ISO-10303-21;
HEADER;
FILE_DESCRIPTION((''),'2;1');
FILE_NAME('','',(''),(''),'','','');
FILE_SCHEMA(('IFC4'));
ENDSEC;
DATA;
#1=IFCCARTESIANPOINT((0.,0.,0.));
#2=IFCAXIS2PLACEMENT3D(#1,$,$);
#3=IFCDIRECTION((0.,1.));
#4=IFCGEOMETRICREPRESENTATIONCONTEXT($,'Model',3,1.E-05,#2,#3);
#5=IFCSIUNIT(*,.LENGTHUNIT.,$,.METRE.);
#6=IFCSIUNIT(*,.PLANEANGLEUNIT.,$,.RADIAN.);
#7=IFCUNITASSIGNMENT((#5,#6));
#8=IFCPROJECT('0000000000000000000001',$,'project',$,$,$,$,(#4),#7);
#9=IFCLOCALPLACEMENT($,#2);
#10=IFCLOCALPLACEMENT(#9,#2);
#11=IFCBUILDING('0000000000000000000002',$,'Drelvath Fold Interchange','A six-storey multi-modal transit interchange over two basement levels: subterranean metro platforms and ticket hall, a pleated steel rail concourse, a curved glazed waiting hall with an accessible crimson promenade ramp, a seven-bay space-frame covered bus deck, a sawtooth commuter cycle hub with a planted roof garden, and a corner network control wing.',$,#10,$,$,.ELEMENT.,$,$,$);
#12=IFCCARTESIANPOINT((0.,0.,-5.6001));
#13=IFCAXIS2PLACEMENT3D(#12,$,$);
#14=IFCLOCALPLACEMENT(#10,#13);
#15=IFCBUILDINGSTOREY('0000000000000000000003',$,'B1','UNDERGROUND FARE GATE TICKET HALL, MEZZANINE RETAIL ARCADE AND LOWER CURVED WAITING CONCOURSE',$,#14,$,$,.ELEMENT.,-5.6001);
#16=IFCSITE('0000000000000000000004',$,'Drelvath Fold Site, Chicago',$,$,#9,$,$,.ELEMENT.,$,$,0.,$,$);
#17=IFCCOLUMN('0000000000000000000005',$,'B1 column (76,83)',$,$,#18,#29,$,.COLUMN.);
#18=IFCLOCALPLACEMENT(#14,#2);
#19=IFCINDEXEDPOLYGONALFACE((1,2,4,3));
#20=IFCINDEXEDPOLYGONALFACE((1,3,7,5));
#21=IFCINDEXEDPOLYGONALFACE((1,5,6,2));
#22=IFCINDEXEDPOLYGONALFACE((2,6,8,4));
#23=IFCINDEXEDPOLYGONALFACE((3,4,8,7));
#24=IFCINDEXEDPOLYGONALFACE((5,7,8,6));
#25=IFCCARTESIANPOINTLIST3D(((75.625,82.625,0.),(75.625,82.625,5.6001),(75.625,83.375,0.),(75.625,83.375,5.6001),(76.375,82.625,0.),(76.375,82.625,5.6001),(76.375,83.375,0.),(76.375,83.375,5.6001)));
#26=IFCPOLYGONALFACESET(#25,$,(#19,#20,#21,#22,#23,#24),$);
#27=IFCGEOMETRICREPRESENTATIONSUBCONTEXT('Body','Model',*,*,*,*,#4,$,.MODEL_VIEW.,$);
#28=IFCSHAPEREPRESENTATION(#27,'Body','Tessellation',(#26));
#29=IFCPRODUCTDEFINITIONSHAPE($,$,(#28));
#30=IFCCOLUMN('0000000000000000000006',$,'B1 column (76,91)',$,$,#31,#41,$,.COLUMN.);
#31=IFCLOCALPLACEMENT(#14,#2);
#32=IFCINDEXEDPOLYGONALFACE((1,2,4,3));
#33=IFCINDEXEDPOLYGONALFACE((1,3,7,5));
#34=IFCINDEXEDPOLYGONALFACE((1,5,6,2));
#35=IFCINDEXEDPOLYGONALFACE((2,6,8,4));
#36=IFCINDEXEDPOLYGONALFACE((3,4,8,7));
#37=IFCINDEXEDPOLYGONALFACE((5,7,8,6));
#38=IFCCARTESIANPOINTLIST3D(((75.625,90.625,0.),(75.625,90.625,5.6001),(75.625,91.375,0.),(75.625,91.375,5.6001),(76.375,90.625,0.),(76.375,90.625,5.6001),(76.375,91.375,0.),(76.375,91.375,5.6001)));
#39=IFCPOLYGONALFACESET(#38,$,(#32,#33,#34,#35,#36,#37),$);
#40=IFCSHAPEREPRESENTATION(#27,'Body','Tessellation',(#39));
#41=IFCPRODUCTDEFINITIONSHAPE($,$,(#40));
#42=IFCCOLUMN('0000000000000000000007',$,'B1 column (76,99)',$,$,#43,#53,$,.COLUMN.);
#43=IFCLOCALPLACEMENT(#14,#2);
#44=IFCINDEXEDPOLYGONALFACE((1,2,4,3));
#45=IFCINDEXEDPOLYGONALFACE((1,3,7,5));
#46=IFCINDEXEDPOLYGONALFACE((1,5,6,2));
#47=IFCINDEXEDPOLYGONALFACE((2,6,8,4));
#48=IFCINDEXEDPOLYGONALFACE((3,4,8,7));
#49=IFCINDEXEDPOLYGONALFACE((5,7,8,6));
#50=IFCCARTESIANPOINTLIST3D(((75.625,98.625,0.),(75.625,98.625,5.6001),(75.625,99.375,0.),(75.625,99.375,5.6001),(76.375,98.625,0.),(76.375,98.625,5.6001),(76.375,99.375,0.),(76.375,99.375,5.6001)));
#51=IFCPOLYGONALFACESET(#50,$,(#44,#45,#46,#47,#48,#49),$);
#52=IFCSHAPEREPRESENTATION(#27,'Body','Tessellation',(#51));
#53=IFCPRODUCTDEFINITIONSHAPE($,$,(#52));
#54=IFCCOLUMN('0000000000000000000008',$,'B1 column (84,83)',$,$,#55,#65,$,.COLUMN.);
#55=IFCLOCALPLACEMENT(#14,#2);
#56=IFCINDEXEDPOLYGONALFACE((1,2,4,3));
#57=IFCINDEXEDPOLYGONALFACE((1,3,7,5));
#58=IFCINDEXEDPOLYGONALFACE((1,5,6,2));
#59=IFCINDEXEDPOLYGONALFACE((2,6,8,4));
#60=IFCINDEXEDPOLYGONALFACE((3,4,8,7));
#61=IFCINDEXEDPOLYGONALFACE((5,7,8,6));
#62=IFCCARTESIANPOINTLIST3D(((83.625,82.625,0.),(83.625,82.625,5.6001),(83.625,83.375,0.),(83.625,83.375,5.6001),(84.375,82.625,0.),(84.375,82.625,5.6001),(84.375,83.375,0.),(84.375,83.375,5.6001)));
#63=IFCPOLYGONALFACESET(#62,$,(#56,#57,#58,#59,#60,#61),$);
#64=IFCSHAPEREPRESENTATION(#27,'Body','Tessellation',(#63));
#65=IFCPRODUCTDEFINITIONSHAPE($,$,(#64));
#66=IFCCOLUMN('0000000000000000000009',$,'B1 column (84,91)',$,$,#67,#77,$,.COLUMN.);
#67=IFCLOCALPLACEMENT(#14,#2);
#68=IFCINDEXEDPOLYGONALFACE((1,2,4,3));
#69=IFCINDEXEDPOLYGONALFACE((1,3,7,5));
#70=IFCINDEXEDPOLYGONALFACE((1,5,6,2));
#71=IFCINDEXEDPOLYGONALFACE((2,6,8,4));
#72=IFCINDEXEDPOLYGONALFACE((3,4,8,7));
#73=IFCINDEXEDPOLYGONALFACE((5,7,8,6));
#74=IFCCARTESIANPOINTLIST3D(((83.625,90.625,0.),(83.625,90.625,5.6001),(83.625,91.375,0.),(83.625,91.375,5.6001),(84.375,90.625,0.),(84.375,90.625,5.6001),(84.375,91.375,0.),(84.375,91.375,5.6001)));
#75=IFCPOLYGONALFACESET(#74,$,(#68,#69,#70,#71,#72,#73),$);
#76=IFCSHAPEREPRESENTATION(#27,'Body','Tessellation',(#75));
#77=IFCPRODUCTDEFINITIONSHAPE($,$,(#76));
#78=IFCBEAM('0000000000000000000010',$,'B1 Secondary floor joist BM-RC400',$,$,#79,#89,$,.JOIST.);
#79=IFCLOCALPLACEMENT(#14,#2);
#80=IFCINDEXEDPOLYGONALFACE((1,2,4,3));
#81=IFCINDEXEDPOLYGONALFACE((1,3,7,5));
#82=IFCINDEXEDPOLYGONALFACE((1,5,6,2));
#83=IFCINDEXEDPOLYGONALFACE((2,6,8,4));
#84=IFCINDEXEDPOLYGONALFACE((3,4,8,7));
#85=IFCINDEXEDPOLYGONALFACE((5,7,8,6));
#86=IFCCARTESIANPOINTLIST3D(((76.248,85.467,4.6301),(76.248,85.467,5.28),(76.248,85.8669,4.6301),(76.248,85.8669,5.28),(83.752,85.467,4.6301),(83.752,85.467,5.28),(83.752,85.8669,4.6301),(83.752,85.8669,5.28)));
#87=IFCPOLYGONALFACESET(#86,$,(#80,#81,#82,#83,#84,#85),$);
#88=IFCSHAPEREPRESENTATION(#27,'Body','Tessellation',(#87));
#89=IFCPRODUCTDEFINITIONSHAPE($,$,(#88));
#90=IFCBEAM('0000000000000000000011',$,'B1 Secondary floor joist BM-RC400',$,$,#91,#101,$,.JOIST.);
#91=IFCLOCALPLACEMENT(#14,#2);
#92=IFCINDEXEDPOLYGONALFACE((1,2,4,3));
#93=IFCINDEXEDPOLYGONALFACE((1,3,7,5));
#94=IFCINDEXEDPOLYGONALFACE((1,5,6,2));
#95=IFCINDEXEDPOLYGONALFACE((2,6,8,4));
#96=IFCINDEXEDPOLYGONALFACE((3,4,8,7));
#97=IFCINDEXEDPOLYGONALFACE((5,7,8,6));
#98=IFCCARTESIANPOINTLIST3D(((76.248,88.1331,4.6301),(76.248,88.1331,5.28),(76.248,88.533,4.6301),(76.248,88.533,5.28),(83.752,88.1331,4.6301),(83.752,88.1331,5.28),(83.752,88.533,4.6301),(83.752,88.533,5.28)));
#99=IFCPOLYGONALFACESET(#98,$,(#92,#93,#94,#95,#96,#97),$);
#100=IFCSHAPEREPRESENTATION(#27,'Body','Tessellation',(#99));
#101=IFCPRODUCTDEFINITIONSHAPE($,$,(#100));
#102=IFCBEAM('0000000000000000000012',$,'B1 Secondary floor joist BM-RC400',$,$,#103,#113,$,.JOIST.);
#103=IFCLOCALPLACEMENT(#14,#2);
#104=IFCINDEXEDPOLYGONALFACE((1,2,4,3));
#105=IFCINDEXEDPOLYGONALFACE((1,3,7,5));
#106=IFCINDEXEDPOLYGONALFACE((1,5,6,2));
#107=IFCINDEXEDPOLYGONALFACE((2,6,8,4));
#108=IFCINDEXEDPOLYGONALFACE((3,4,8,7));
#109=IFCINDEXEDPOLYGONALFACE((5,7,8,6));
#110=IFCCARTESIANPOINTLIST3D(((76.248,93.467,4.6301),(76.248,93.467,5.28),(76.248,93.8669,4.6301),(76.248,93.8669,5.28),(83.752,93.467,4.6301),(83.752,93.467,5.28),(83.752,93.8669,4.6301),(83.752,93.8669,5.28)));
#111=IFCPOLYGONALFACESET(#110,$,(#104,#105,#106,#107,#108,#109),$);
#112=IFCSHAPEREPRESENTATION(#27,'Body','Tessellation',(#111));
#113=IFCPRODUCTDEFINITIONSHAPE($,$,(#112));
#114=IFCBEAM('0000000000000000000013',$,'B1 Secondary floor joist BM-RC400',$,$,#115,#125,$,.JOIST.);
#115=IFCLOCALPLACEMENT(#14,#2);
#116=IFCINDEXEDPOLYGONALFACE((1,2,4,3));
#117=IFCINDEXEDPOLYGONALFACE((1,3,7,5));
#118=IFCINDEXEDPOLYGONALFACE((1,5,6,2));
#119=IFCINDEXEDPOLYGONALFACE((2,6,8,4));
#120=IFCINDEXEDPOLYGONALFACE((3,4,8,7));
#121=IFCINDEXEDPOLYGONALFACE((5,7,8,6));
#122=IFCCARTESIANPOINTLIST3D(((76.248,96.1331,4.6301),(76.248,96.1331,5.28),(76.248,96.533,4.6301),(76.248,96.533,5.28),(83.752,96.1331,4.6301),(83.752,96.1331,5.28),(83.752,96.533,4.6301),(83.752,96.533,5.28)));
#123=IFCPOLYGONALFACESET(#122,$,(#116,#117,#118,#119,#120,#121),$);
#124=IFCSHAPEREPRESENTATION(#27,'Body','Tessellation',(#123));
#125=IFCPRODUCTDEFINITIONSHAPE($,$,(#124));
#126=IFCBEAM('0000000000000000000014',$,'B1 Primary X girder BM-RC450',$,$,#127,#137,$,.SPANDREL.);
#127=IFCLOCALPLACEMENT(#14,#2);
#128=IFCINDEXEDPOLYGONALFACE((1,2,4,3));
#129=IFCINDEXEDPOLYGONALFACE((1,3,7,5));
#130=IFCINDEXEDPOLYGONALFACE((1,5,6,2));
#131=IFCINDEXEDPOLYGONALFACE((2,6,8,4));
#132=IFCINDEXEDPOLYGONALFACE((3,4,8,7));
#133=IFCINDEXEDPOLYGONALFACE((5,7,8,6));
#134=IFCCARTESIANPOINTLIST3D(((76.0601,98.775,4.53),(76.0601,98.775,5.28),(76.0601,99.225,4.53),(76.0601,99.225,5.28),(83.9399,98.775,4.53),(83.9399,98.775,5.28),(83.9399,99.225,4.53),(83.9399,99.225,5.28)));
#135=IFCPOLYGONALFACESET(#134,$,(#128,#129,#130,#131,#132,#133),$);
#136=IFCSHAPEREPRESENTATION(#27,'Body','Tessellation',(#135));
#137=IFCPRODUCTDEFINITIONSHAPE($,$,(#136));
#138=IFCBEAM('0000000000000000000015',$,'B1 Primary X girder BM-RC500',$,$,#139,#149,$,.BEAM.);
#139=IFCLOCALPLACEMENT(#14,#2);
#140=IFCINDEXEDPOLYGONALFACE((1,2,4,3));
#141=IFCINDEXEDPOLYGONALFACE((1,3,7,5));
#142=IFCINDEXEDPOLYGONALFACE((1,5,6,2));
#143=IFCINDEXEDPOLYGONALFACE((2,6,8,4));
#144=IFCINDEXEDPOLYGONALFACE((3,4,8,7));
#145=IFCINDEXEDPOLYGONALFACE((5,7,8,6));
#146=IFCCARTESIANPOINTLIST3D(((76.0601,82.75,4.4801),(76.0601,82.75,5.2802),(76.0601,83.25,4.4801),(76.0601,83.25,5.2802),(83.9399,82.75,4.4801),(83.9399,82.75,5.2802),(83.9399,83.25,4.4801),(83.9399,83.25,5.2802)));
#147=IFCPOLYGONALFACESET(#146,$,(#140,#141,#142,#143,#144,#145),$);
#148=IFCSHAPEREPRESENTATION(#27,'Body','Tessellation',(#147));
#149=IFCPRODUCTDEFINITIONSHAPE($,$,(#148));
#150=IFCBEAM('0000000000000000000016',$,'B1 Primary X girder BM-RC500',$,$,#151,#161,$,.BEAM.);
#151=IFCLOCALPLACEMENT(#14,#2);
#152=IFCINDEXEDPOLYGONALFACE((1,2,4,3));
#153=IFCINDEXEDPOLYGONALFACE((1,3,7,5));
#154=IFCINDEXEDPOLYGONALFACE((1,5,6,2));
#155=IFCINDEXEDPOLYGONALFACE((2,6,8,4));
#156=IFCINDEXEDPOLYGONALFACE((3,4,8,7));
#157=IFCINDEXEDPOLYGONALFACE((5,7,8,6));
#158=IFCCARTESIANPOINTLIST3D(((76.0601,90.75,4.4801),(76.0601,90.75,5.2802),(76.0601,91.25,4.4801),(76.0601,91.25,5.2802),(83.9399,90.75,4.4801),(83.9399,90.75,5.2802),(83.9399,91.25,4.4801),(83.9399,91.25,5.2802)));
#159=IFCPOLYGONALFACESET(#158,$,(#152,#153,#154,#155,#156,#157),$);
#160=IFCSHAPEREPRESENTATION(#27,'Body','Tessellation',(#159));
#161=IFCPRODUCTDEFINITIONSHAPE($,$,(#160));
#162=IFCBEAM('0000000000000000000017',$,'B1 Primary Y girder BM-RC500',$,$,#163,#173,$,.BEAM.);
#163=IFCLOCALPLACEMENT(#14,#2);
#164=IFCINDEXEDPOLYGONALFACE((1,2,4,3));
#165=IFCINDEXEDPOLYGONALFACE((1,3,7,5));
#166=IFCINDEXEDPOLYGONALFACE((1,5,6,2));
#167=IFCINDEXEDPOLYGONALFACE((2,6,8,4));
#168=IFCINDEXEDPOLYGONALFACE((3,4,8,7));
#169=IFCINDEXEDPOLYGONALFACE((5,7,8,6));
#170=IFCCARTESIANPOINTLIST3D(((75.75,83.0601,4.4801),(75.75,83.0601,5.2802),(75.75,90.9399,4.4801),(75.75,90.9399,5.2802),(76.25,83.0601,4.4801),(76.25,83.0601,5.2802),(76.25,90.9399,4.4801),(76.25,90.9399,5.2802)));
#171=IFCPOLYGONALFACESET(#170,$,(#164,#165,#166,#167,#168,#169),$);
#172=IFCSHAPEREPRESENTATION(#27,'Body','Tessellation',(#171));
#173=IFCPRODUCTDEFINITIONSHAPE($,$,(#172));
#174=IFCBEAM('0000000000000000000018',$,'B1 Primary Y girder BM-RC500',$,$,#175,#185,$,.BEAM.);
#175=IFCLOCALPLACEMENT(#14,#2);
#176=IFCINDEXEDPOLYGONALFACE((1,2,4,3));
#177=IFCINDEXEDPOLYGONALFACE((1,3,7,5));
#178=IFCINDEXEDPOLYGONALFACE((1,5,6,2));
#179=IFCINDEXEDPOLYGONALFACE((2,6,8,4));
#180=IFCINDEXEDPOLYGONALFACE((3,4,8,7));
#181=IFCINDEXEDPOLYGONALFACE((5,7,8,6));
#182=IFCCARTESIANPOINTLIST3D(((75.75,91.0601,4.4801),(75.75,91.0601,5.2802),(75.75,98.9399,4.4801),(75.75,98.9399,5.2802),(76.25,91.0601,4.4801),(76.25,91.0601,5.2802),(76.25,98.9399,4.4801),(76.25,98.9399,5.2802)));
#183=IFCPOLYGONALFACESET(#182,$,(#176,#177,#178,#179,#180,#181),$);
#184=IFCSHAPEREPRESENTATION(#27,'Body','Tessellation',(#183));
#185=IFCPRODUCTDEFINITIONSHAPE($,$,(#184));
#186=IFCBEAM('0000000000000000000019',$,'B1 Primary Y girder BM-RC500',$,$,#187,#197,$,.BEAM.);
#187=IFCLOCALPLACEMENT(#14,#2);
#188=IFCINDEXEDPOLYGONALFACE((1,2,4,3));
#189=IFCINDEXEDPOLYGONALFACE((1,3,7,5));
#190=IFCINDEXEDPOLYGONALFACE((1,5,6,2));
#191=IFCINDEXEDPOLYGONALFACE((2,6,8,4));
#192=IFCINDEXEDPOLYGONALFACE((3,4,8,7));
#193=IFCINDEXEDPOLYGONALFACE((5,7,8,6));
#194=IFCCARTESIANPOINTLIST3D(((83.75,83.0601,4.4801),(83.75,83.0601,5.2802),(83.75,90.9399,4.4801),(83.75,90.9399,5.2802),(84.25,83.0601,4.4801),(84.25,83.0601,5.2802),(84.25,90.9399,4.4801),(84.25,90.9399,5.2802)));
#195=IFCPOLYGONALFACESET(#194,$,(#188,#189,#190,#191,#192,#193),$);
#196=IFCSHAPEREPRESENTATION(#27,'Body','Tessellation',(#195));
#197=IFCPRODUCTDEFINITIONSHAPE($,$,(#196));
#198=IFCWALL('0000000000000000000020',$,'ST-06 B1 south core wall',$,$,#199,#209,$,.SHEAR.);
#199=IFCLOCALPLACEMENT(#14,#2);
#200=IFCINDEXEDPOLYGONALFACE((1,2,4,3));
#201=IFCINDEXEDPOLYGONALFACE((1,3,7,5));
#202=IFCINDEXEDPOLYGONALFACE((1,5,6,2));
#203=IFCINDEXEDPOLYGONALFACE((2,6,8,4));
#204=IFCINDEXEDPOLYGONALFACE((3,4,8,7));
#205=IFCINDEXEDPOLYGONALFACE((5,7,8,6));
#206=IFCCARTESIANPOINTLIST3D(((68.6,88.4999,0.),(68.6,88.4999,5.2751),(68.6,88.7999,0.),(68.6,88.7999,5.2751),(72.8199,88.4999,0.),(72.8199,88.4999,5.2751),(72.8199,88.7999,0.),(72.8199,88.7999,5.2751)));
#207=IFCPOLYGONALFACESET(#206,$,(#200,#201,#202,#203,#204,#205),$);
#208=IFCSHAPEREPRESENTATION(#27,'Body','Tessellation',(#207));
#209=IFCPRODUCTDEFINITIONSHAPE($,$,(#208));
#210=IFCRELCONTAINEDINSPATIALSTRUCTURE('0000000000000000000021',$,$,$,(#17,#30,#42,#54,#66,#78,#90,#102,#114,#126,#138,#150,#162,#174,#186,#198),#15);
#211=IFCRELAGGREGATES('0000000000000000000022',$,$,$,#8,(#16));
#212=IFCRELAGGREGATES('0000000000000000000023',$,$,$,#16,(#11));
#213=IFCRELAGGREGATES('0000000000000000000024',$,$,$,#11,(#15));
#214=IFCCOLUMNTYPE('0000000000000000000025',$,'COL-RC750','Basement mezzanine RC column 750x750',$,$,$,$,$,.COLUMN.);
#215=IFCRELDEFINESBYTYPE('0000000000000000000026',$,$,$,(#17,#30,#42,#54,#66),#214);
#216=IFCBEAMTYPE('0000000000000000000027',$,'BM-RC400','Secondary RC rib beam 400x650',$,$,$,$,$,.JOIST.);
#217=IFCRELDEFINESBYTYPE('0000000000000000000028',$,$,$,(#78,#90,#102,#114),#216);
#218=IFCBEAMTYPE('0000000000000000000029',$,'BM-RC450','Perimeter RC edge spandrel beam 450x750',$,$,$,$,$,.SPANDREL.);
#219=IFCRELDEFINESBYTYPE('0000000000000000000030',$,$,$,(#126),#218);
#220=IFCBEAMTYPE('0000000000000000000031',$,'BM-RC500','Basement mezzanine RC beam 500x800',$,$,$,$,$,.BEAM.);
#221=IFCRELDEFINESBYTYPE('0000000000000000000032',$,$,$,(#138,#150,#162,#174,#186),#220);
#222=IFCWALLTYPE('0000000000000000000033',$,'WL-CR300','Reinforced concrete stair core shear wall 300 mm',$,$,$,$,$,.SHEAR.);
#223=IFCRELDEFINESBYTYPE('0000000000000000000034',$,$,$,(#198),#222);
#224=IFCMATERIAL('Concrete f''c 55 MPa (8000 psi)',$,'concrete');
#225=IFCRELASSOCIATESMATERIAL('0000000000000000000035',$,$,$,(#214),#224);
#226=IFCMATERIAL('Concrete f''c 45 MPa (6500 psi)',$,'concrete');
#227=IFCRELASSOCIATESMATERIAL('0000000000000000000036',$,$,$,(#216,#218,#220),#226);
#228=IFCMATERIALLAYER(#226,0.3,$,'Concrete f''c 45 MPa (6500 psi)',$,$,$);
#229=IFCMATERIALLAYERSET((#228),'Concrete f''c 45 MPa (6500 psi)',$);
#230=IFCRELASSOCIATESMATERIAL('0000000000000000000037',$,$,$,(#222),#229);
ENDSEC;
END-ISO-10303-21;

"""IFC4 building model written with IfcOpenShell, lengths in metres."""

from ifc_helpers import new_model, si_unit, direction, frame, frame_2d, origin, origin_2d, place, context, subcontext, project, spatial, rectangle, extrude, material, layer, layer_set, material_profile, profile_set, type_object, element, save


model = new_model("IFC4")

# Units and contexts
model_context = context("Model", 3, precision=1e-05, world=origin(), true_north=direction((0.0, 1.0)))
body_context = subcontext(model_context, "Body", "Model", "MODEL_VIEW")
ifc_project = project(units=[si_unit("LENGTHUNIT", "METRE"), si_unit("PLANEANGLEUNIT", "RADIAN")], contexts=[model_context])

# Site, building, storey
site_placement = place(None, origin())
site = spatial("IfcSite", under=ifc_project, at=site_placement, Name="Drelvath Fold Site, Chicago", CompositionType="ELEMENT", RefElevation=0.0)
building_placement = place(site_placement, origin())
building = spatial("IfcBuilding", under=site, at=building_placement, Name="Drelvath Fold Interchange", Description="A six-storey multi-modal transit interchange over two basement levels: subterranean metro platforms and ticket hall, a pleated steel rail concourse, a curved glazed waiting hall with an accessible crimson promenade ramp, a seven-bay space-frame covered bus deck, a sawtooth commuter cycle hub with a planted roof garden, and a corner network control wing.", CompositionType="ELEMENT")
storey_placement = place(building_placement, frame((0.0, 0.0, -5.6001)))
storey = spatial("IfcBuildingStorey", under=building, at=storey_placement, Name="B1", Description="UNDERGROUND FARE GATE TICKET HALL, MEZZANINE RETAIL ARCADE AND LOWER CURVED WAITING CONCOURSE", CompositionType="ELEMENT", Elevation=-5.6001)

# Columns
ifc_material_1 = material(Name="Concrete f'c 55 MPa (8000 psi)", Category="concrete")
ifc_material_profile_1 = material_profile(ifc_material_1, rectangle(XDim=0.75, YDim=0.75, at=origin_2d()), Name="RC 750x750")
ifc_profile_set_1 = profile_set([ifc_material_profile_1], Name="Concrete f'c 55 MPa (8000 psi)")
column_type = type_object("IfcColumnType", Name="COL-RC750", Description="Basement mezzanine RC column 750x750", PredefinedType="COLUMN", material=ifc_profile_set_1)
for number, where, z_axis, x_axis, name in (
    (1, (76.0, 83.0, 0.0), (0.0, 0.0, 1.0), (1.0, 0.0, 0.0), "B1 column (76,83)"),
    (2, (76.0, 91.0, 0.0), (0.0, 0.0, 1.0), (1.0, 0.0, 0.0), "B1 column (76,91)"),
    (3, (76.0, 99.0, 0.0), (0.0, 0.0, 1.0), (1.0, 0.0, 0.0), "B1 column (76,99)"),
    (4, (84.0, 83.0, 0.0), (0.0, 0.0, 1.0), (1.0, 0.0, 0.0), "B1 column (84,83)"),
    (5, (84.0, 91.0, 0.0), (0.0, 0.0, 1.0), (1.0, 0.0, 0.0), "B1 column (84,91)"),
):
    element("IfcColumn", number, at=place(storey_placement, frame(where, z_axis=z_axis, x_axis=x_axis)), inside=storey, type_object=column_type, Name=name, PredefinedType="COLUMN", context=body_context, shape_type="SweptSolid", body=[
        extrude(rectangle(XDim=0.75, YDim=0.75, at=origin_2d()), origin(), (0.0, 0.0, 1.0), 5.6001),
    ])

# Beams
ifc_material_2 = material(Name="Concrete f'c 45 MPa (6500 psi)", Category="concrete")
ifc_material_profile_2 = material_profile(ifc_material_2, rectangle(XDim=0.3999, YDim=0.6499, at=origin_2d()), Name="RC 400x650")
ifc_profile_set_2 = profile_set([ifc_material_profile_2], Name="Concrete f'c 45 MPa (6500 psi)")
beam_type_1 = type_object("IfcBeamType", Name="BM-RC400", Description="Secondary RC rib beam 400x650", PredefinedType="JOIST", material=ifc_profile_set_2)
for number, where, z_axis, x_axis, name in (
    (6, (76.248, 85.667, 4.9551), (1.0, 0.0, 0.0), (0.0, 1.0, 0.0), "B1 Secondary floor joist BM-RC400"),
    (7, (76.248, 88.333, 4.9551), (1.0, 0.0, 0.0), (0.0, 1.0, 0.0), "B1 Secondary floor joist BM-RC400"),
    (8, (76.248, 93.667, 4.9551), (1.0, 0.0, 0.0), (0.0, 1.0, 0.0), "B1 Secondary floor joist BM-RC400"),
    (9, (76.248, 96.333, 4.9551), (1.0, 0.0, 0.0), (0.0, 1.0, 0.0), "B1 Secondary floor joist BM-RC400"),
):
    element("IfcBeam", number, at=place(storey_placement, frame(where, z_axis=z_axis, x_axis=x_axis)), inside=storey, type_object=beam_type_1, Name=name, PredefinedType="JOIST", context=body_context, shape_type="SweptSolid", body=[
        extrude(rectangle(XDim=0.3999, YDim=0.6499, at=origin_2d()), origin(), (0.0, 0.0, 1.0), 7.5039),
    ])
ifc_material_profile_3 = material_profile(ifc_material_2, rectangle(XDim=0.45, YDim=0.75, at=origin_2d()), Name="RC 450x750")
ifc_profile_set_3 = profile_set([ifc_material_profile_3], Name="Concrete f'c 45 MPa (6500 psi)")
beam_type_2 = type_object("IfcBeamType", Name="BM-RC450", Description="Perimeter RC edge spandrel beam 450x750", PredefinedType="SPANDREL", material=ifc_profile_set_3)
beam_placement = place(storey_placement, frame((76.0601, 99.0, 4.905), z_axis=(1.0, 0.0, 0.0), x_axis=(0.0, 1.0, 0.0)))
element("IfcBeam", 10, at=beam_placement, inside=storey, type_object=beam_type_2, Name="B1 Primary X girder BM-RC450", PredefinedType="SPANDREL", context=body_context, shape_type="SweptSolid", body=[
    extrude(rectangle(XDim=0.45, YDim=0.75, at=origin_2d()), origin(), (0.0, 0.0, 1.0), 7.8799),
])
ifc_material_profile_4 = material_profile(ifc_material_2, rectangle(XDim=0.5, YDim=0.8, at=origin_2d()), Name="RC 500x800")
ifc_profile_set_4 = profile_set([ifc_material_profile_4], Name="Concrete f'c 45 MPa (6500 psi)")
beam_type_3 = type_object("IfcBeamType", Name="BM-RC500", Description="Basement mezzanine RC beam 500x800", PredefinedType="BEAM", material=ifc_profile_set_4)
for number, where, z_axis, x_axis, name in (
    (11, (76.0601, 83.0, 4.8801), (1.0, 0.0, 0.0), (0.0, 1.0, 0.0), "B1 Primary X girder BM-RC500"),
    (12, (76.0601, 91.0, 4.8801), (1.0, 0.0, 0.0), (0.0, 1.0, 0.0), "B1 Primary X girder BM-RC500"),
    (13, (76.0, 83.0601, 4.8801), (0.0, 1.0, 0.0), (-1.0, 0.0, 0.0), "B1 Primary Y girder BM-RC500"),
    (14, (76.0, 91.0601, 4.8801), (0.0, 1.0, 0.0), (-1.0, 0.0, 0.0), "B1 Primary Y girder BM-RC500"),
    (15, (84.0, 83.0601, 4.8801), (0.0, 1.0, 0.0), (-1.0, 0.0, 0.0), "B1 Primary Y girder BM-RC500"),
):
    element("IfcBeam", number, at=place(storey_placement, frame(where, z_axis=z_axis, x_axis=x_axis)), inside=storey, type_object=beam_type_3, Name=name, PredefinedType="BEAM", context=body_context, shape_type="SweptSolid", body=[
        extrude(rectangle(XDim=0.5, YDim=0.8, at=origin_2d()), origin(), (0.0, 0.0, 1.0), 7.8799),
    ])

# Wall
ifc_layer = layer(ifc_material_2, 0.3, Name="Concrete f'c 45 MPa (6500 psi)")
ifc_layer_set = layer_set([ifc_layer], Name="Concrete f'c 45 MPa (6500 psi)")
wall_type = type_object("IfcWallType", Name="WL-CR300", Description="Reinforced concrete stair core shear wall 300 mm", PredefinedType="SHEAR", material=ifc_layer_set)
wall_1_placement = place(storey_placement, frame((68.6001, 88.6499, 0.0), z_axis=(0.0, 0.0, 1.0), x_axis=(1.0, 0.0, 0.0)))
element("IfcWall", 16, at=wall_1_placement, inside=storey, type_object=wall_type, Name="ST-06 B1 south core wall", PredefinedType="SHEAR", context=body_context, shape_type="SweptSolid", body=[
    extrude(rectangle(XDim=4.22, YDim=0.3, at=frame_2d((2.1099, 0.0))), origin(), (0.0, 0.0, 1.0), 5.2751),
])

save(model, "model.ifc")
